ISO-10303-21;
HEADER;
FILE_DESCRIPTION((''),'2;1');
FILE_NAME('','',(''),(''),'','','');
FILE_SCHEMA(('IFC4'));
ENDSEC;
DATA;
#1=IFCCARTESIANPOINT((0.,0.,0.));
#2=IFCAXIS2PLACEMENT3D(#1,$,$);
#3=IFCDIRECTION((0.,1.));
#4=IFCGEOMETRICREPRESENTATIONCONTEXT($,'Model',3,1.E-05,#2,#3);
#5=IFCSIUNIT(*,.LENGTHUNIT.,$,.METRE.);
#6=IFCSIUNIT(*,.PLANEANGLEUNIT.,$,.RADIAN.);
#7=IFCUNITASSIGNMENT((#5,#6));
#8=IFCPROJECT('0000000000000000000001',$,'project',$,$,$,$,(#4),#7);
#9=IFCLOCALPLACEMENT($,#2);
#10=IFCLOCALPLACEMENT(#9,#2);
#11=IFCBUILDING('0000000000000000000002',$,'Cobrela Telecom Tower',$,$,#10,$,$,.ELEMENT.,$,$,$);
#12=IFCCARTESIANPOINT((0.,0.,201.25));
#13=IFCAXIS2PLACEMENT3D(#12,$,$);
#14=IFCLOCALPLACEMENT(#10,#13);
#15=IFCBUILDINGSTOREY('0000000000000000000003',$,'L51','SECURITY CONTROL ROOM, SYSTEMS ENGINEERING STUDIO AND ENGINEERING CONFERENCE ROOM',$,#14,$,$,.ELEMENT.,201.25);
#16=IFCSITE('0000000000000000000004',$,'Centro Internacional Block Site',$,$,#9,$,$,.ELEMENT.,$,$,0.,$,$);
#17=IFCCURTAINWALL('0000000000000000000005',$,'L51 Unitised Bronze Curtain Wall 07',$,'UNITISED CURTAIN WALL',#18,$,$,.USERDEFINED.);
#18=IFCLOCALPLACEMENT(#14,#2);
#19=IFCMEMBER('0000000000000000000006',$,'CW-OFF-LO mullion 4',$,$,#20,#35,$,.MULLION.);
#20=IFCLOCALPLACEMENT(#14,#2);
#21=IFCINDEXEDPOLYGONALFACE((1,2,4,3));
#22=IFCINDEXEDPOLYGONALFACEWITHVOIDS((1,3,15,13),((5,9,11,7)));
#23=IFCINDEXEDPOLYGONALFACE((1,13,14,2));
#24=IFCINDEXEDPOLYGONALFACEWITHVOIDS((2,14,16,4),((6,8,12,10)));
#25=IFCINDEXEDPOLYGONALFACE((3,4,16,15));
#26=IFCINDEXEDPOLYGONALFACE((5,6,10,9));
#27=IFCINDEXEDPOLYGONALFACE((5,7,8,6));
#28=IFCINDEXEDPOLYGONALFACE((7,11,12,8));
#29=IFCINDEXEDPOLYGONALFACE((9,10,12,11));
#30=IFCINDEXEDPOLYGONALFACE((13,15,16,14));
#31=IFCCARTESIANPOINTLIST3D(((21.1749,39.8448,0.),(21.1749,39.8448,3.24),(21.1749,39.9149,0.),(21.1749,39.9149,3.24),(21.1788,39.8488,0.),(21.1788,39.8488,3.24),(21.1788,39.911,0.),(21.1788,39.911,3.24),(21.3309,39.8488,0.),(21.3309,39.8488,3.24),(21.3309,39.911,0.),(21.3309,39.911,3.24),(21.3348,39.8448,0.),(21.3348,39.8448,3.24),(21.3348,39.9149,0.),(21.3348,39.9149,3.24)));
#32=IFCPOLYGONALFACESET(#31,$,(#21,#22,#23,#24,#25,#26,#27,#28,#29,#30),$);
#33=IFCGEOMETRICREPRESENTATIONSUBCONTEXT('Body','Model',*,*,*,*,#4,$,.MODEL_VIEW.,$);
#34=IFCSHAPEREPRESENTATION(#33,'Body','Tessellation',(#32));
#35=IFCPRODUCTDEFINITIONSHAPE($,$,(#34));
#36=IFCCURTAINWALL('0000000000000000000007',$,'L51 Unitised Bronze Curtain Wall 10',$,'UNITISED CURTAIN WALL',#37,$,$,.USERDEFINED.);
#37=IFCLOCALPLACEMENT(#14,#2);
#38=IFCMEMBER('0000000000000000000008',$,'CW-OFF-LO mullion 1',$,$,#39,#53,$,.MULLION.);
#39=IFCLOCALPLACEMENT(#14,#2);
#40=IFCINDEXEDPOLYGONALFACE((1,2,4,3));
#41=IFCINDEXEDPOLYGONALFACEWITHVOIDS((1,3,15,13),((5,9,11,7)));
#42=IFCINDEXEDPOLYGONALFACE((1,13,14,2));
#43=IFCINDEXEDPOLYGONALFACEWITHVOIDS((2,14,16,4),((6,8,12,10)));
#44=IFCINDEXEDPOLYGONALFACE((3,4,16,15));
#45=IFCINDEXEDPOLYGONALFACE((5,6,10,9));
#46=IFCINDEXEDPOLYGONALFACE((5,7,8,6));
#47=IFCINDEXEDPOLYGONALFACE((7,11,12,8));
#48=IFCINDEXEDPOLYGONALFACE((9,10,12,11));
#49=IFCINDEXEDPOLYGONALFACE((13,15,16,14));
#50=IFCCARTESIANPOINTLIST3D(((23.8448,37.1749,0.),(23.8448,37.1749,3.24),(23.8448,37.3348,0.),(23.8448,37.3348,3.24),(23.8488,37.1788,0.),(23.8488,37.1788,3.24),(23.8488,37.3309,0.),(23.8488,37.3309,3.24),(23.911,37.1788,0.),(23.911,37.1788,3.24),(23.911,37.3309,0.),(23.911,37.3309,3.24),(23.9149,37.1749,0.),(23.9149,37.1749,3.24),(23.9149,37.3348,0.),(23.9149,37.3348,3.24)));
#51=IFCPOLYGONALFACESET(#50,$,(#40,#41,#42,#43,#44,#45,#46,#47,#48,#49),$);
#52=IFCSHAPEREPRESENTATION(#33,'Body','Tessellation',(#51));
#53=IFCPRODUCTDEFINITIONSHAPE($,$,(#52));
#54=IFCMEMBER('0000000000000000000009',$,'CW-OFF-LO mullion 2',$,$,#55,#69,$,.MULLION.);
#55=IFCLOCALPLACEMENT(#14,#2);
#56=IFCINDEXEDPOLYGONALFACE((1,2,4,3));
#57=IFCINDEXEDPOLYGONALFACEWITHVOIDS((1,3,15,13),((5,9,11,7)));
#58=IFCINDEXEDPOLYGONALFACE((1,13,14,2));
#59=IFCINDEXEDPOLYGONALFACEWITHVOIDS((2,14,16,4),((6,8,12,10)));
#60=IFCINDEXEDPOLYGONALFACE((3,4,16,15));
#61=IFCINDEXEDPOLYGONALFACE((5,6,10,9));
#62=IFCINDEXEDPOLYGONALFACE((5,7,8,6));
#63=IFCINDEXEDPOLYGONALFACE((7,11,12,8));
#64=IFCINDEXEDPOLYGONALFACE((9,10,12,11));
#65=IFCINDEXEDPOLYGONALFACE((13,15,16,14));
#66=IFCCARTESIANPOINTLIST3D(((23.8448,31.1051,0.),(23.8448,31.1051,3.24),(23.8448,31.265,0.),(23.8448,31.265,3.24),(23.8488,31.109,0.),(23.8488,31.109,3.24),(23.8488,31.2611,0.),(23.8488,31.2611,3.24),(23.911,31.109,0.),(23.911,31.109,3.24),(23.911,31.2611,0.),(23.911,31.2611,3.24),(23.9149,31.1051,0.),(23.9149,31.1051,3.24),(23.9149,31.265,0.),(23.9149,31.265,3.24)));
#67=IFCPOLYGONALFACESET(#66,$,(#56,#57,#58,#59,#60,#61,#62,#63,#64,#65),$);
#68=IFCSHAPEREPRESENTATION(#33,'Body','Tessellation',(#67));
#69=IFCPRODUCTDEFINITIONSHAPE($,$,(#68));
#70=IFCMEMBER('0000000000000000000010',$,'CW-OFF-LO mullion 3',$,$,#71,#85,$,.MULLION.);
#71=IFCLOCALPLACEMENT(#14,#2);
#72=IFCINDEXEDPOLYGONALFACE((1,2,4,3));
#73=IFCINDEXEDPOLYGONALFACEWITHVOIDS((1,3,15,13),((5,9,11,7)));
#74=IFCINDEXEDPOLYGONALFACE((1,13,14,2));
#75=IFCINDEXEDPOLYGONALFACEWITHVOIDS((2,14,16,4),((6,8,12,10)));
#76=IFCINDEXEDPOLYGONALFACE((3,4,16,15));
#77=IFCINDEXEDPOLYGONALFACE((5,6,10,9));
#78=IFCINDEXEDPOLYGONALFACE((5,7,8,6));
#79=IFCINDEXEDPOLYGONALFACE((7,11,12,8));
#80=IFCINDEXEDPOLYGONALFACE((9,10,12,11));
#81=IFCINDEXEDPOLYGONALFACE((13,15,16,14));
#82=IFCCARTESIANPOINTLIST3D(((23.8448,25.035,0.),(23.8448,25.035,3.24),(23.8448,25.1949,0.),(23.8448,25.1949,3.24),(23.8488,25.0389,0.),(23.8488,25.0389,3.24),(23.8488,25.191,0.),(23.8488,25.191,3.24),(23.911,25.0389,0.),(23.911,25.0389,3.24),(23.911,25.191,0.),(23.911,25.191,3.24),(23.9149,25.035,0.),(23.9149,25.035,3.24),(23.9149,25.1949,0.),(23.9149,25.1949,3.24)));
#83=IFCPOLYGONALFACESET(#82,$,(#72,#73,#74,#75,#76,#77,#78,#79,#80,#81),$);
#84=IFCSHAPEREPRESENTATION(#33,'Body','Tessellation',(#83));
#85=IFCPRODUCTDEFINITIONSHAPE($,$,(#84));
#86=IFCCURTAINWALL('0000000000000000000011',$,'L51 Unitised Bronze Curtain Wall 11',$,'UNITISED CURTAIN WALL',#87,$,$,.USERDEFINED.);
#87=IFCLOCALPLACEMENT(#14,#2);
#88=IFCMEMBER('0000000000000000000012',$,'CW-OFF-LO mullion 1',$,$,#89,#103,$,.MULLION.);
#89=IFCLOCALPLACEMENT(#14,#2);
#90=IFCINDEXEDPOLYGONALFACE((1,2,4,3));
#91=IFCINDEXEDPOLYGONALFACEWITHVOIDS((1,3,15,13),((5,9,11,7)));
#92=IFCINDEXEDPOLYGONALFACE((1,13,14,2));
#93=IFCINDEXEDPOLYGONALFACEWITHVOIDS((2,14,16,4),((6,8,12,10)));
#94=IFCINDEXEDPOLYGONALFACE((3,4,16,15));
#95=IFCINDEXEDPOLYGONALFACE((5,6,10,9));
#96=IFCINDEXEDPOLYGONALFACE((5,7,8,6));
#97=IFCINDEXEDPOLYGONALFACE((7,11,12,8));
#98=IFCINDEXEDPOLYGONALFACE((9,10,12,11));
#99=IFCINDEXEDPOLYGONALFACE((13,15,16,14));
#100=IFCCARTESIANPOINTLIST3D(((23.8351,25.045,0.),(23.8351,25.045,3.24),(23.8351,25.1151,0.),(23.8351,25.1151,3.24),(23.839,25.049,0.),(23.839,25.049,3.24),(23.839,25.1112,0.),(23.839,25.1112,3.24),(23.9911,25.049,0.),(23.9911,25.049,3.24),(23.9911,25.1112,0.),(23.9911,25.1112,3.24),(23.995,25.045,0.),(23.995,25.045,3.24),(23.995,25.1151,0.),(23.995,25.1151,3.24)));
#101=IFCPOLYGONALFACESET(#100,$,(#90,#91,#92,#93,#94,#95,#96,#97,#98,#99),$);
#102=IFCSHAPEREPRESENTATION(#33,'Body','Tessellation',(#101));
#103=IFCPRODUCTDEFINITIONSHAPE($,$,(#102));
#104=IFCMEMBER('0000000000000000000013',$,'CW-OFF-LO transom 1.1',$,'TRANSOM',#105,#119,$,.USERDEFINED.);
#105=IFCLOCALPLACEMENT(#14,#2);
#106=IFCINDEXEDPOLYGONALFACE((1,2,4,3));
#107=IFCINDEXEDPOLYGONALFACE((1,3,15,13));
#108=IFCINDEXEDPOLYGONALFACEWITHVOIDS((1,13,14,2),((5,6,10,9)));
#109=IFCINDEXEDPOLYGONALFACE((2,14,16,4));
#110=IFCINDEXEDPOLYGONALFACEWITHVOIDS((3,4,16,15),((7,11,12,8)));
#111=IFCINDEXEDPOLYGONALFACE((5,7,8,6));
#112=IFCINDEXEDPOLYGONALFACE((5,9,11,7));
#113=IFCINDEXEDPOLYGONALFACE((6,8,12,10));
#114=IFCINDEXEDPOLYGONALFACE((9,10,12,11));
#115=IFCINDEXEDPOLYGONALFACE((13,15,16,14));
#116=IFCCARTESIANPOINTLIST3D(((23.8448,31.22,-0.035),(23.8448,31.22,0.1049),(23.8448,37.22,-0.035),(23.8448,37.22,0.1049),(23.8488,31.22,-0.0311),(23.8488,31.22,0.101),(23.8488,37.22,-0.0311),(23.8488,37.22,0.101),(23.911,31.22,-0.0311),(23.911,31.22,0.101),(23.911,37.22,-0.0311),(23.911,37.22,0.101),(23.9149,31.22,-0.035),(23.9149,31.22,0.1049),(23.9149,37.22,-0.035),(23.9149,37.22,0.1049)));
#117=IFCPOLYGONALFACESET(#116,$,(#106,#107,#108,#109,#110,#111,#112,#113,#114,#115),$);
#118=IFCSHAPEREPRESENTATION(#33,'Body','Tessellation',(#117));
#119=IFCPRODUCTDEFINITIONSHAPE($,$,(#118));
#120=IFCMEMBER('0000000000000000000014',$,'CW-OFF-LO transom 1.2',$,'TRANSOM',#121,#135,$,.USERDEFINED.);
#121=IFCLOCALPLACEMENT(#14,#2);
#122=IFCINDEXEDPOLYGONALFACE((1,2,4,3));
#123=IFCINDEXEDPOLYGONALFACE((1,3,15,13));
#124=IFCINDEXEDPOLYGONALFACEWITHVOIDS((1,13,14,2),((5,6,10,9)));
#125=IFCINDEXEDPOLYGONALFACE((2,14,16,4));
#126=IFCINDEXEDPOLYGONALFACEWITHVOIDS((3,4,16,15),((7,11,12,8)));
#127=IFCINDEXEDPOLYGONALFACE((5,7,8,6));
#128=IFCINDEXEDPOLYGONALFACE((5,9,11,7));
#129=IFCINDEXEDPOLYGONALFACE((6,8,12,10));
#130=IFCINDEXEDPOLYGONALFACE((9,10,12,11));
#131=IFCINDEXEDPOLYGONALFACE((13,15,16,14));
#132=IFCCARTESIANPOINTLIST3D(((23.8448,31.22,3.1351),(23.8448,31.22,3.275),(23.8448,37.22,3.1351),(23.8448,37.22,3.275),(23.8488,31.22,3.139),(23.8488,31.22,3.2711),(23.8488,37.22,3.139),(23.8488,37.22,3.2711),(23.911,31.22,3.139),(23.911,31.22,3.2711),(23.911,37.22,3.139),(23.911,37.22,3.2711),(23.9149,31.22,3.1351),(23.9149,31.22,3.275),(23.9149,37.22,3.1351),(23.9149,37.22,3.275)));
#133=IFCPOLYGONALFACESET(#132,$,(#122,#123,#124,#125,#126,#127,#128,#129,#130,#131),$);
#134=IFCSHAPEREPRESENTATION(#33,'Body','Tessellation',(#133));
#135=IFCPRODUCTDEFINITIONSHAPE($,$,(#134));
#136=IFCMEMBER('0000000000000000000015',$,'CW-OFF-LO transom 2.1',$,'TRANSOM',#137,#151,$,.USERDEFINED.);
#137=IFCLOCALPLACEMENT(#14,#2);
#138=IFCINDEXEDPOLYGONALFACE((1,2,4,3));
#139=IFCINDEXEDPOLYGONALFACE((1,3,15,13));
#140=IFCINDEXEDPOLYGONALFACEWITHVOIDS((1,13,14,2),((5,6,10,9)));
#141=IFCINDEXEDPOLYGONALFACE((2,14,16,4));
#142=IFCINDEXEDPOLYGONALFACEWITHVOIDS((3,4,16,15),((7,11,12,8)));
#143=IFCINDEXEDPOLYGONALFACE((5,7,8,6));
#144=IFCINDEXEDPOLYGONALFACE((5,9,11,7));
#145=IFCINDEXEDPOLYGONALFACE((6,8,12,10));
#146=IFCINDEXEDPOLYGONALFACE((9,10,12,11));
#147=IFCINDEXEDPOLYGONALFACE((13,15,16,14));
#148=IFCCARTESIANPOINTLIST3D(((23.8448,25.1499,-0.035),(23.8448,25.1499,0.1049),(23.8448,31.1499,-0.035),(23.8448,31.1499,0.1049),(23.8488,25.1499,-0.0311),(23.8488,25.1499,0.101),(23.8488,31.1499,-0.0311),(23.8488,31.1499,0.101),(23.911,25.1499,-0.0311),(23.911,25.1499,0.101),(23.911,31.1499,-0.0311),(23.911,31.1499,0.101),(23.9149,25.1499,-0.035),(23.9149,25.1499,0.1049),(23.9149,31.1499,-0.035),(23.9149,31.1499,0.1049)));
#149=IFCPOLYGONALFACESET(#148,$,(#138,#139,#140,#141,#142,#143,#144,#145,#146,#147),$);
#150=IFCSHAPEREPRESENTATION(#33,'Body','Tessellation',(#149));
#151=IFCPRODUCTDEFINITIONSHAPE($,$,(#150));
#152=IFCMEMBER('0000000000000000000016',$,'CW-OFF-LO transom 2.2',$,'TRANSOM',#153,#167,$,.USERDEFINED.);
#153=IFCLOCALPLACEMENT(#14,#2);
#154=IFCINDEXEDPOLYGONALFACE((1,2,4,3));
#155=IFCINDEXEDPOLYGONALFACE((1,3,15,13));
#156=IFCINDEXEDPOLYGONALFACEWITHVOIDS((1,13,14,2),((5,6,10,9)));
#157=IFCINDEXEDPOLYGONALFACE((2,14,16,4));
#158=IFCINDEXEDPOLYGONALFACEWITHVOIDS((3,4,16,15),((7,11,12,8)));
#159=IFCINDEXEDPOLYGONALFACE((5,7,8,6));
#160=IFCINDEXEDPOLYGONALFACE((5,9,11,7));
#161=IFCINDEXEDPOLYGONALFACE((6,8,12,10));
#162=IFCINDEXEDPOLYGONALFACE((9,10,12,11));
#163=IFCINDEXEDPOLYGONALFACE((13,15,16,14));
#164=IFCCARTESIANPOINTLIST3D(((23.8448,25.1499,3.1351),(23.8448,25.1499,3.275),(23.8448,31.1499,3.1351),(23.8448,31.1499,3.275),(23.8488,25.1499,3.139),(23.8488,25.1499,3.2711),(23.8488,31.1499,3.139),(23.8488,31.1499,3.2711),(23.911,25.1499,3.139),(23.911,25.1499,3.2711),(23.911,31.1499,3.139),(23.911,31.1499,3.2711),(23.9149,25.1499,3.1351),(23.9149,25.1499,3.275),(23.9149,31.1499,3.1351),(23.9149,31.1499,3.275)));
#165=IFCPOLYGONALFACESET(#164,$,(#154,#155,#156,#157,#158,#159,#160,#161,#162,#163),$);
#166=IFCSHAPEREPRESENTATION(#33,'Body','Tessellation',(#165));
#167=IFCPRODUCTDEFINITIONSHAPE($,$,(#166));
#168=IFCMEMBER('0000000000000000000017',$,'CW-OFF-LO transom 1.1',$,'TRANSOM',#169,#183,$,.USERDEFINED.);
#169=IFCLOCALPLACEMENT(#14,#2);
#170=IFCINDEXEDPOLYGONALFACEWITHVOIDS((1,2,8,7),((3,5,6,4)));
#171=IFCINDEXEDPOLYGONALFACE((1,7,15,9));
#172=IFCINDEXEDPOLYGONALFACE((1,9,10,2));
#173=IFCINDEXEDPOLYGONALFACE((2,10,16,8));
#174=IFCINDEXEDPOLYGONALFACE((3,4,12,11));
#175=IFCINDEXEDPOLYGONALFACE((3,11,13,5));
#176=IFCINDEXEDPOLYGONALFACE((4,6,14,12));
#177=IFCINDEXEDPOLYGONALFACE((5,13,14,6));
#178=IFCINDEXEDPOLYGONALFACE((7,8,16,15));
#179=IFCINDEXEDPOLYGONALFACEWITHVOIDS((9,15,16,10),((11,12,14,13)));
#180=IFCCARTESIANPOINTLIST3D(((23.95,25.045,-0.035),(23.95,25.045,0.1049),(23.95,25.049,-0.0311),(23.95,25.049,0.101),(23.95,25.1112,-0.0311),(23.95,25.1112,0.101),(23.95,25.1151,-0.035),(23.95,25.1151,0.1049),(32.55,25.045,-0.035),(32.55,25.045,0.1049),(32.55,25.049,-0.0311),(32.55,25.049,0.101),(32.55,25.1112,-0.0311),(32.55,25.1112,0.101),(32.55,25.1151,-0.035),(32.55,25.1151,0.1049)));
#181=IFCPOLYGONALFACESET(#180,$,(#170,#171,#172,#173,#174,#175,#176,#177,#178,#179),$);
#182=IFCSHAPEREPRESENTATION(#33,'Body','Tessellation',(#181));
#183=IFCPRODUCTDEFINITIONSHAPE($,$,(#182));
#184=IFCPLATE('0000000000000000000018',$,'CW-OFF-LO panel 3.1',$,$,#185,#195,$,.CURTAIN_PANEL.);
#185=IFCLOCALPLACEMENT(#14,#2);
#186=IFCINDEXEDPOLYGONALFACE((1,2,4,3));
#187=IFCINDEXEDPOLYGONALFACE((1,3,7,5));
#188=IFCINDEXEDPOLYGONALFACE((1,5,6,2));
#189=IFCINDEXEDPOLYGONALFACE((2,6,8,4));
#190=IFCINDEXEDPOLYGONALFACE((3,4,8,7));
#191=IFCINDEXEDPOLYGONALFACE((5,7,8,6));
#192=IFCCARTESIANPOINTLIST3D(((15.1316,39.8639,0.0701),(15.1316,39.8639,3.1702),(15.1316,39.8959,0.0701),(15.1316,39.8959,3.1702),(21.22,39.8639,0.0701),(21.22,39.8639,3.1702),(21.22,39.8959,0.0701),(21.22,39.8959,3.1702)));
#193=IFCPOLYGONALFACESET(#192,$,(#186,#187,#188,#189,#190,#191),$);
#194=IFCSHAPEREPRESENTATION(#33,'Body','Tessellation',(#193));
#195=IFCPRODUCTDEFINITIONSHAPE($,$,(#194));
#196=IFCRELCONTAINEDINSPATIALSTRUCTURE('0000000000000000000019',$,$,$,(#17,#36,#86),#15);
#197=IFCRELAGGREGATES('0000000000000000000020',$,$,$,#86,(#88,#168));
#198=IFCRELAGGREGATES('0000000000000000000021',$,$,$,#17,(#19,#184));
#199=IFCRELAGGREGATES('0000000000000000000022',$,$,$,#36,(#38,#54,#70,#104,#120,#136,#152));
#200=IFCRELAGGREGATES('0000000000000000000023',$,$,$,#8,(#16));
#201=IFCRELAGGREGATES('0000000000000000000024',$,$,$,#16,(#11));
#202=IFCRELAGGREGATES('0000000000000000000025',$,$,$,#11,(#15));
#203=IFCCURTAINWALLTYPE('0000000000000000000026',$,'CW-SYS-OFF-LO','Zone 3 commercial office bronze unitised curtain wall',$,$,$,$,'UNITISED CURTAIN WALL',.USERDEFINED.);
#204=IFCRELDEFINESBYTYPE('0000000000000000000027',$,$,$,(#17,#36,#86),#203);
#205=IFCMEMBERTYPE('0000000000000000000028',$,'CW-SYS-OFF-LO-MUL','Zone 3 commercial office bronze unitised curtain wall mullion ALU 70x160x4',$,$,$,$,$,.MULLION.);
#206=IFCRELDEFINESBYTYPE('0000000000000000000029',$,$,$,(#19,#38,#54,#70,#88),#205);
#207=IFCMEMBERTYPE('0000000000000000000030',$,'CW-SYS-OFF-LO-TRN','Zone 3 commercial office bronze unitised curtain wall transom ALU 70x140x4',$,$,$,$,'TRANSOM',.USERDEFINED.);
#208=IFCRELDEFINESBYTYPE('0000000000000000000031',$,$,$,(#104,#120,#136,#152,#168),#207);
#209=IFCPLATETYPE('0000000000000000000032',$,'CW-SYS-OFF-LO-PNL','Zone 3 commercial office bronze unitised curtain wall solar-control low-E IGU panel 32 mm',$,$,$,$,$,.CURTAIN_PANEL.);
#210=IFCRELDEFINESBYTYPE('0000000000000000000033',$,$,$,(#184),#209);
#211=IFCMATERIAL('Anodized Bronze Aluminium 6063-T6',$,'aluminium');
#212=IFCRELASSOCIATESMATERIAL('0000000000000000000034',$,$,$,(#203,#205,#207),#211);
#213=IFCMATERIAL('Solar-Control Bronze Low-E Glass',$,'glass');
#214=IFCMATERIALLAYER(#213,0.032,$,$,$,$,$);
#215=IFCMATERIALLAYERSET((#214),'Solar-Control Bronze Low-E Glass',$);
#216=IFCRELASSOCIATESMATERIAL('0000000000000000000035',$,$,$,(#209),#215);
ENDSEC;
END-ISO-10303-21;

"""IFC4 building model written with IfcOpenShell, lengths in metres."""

from ifc_helpers import new_model, si_unit, direction, frame, origin, origin_2d, place, context, subcontext, project, spatial, rectangle, hollow_rectangle, extrude, material, layer, layer_set, material_profile, profile_set, type_object, element, aggregate, save


model = new_model("IFC4")

# Units and contexts
model_context = context("Model", 3, precision=1e-05, world=origin(), true_north=direction((0.0, 1.0)))
body_context = subcontext(model_context, "Body", "Model", "MODEL_VIEW")
ifc_project = project(units=[si_unit("LENGTHUNIT", "METRE"), si_unit("PLANEANGLEUNIT", "RADIAN")], contexts=[model_context])

# Site, building, storey
site_placement = place(None, origin())
site = spatial("IfcSite", under=ifc_project, at=site_placement, Name="Centro Internacional Block Site", CompositionType="ELEMENT", RefElevation=0.0)
building_placement = place(site_placement, origin())
building = spatial("IfcBuilding", under=site, at=building_placement, Name="Cobrela Telecom Tower", CompositionType="ELEMENT")
storey_placement = place(building_placement, frame((0.0, 0.0, 201.25)))
storey = spatial("IfcBuildingStorey", under=building, at=storey_placement, Name="L51", Description="SECURITY CONTROL ROOM, SYSTEMS ENGINEERING STUDIO AND ENGINEERING CONFERENCE ROOM", CompositionType="ELEMENT", Elevation=201.25)

# Curtain wall, member
ifc_material_1 = material(Name="Anodized Bronze Aluminium 6063-T6", Category="aluminium")
curtain_wall_type = type_object("IfcCurtainWallType", Name="CW-SYS-OFF-LO", Description="Zone 3 commercial office bronze unitised curtain wall", ElementType="UNITISED CURTAIN WALL", PredefinedType="USERDEFINED", material=ifc_material_1)
curtain_wall_1_placement = place(storey_placement, origin())
curtain_wall_1 = element("IfcCurtainWall", 1, at=curtain_wall_1_placement, inside=storey, type_object=curtain_wall_type, Name="L51 Unitised Bronze Curtain Wall 07", ObjectType="UNITISED CURTAIN WALL", PredefinedType="USERDEFINED")
ifc_material_profile_1 = material_profile(ifc_material_1, hollow_rectangle(XDim=0.0701, YDim=0.1599, WallThickness=0.0039, at=origin_2d()), Name="ALU 70x160x4")
ifc_profile_set_1 = profile_set([ifc_material_profile_1], Name="Anodized Bronze Aluminium 6063-T6")
member_type_1 = type_object("IfcMemberType", Name="CW-SYS-OFF-LO-MUL", Description="Zone 3 commercial office bronze unitised curtain wall mullion ALU 70x160x4", PredefinedType="MULLION", material=ifc_profile_set_1)
member_1_placement = place(storey_placement, frame((21.2549, 39.8799, 0.0), z_axis=(0.0, 0.0, 1.0), x_axis=(0.0, 1.0, 0.0)))
member_1 = element("IfcMember", 2, at=member_1_placement, type_object=member_type_1, Name="CW-OFF-LO mullion 4", PredefinedType="MULLION", context=body_context, shape_type="SweptSolid", body=[
    extrude(hollow_rectangle(XDim=0.0701, YDim=0.1599, WallThickness=0.0039, at=origin_2d()), origin(), (0.0, 0.0, 1.0), 3.24),
])

# Curtain wall, members
curtain_wall_2_placement = place(storey_placement, origin())
curtain_wall_2 = element("IfcCurtainWall", 3, at=curtain_wall_2_placement, inside=storey, type_object=curtain_wall_type, Name="L51 Unitised Bronze Curtain Wall 10", ObjectType="UNITISED CURTAIN WALL", PredefinedType="USERDEFINED")
member_2_placement = place(storey_placement, frame((23.8799, 37.2549, 0.0), z_axis=(0.0, 0.0, 1.0), x_axis=(1.0, 0.0, 0.0)))
member_2 = element("IfcMember", 4, at=member_2_placement, type_object=member_type_1, Name="CW-OFF-LO mullion 1", PredefinedType="MULLION", context=body_context, shape_type="SweptSolid", body=[
    extrude(hollow_rectangle(XDim=0.0701, YDim=0.1599, WallThickness=0.0039, at=origin_2d()), origin(), (0.0, 0.0, 1.0), 3.24),
])
member_3_placement = place(storey_placement, frame((23.8799, 31.1851, 0.0), z_axis=(0.0, 0.0, 1.0), x_axis=(1.0, 0.0, 0.0)))
member_3 = element("IfcMember", 5, at=member_3_placement, type_object=member_type_1, Name="CW-OFF-LO mullion 2", PredefinedType="MULLION", context=body_context, shape_type="SweptSolid", body=[
    extrude(hollow_rectangle(XDim=0.0701, YDim=0.1599, WallThickness=0.0039, at=origin_2d()), origin(), (0.0, 0.0, 1.0), 3.24),
])
member_4_placement = place(storey_placement, frame((23.8799, 25.115, 0.0), z_axis=(0.0, 0.0, 1.0), x_axis=(1.0, 0.0, 0.0)))
member_4 = element("IfcMember", 6, at=member_4_placement, type_object=member_type_1, Name="CW-OFF-LO mullion 3", PredefinedType="MULLION", context=body_context, shape_type="SweptSolid", body=[
    extrude(hollow_rectangle(XDim=0.0701, YDim=0.1599, WallThickness=0.0039, at=origin_2d()), origin(), (0.0, 0.0, 1.0), 3.24),
])

# Curtain wall, member
curtain_wall_3_placement = place(storey_placement, origin())
curtain_wall_3 = element("IfcCurtainWall", 7, at=curtain_wall_3_placement, inside=storey, type_object=curtain_wall_type, Name="L51 Unitised Bronze Curtain Wall 11", ObjectType="UNITISED CURTAIN WALL", PredefinedType="USERDEFINED")
member_5_placement = place(storey_placement, frame((23.915, 25.0801, 0.0), z_axis=(0.0, 0.0, 1.0), x_axis=(0.0, 1.0, 0.0)))
member_5 = element("IfcMember", 8, at=member_5_placement, type_object=member_type_1, Name="CW-OFF-LO mullion 1", PredefinedType="MULLION", context=body_context, shape_type="SweptSolid", body=[
    extrude(hollow_rectangle(XDim=0.0701, YDim=0.1599, WallThickness=0.0039, at=origin_2d()), origin(), (0.0, 0.0, 1.0), 3.24),
])

# Members
ifc_material_profile_2 = material_profile(ifc_material_1, hollow_rectangle(XDim=0.0701, YDim=0.1399, WallThickness=0.0039, at=origin_2d()), Name="ALU 70x140x4")
ifc_profile_set_2 = profile_set([ifc_material_profile_2], Name="Anodized Bronze Aluminium 6063-T6")
member_type_2 = type_object("IfcMemberType", Name="CW-SYS-OFF-LO-TRN", Description="Zone 3 commercial office bronze unitised curtain wall transom ALU 70x140x4", ElementType="TRANSOM", PredefinedType="USERDEFINED", material=ifc_profile_set_2)
member_6_placement = place(storey_placement, frame((23.8799, 37.22, 0.0349), z_axis=(0.0, -1.0, 0.0), x_axis=(1.0, 0.0, 0.0)))
member_6 = element("IfcMember", 9, at=member_6_placement, type_object=member_type_2, Name="CW-OFF-LO transom 1.1", ObjectType="TRANSOM", PredefinedType="USERDEFINED", context=body_context, shape_type="SweptSolid", body=[
    extrude(hollow_rectangle(XDim=0.0701, YDim=0.1399, WallThickness=0.0039, at=origin_2d()), origin(), (0.0, 0.0, 1.0), 6.0),
])
member_7_placement = place(storey_placement, frame((23.8799, 37.22, 3.2051), z_axis=(0.0, -1.0, 0.0), x_axis=(1.0, 0.0, 0.0)))
member_7 = element("IfcMember", 10, at=member_7_placement, type_object=member_type_2, Name="CW-OFF-LO transom 1.2", ObjectType="TRANSOM", PredefinedType="USERDEFINED", context=body_context, shape_type="SweptSolid", body=[
    extrude(hollow_rectangle(XDim=0.0701, YDim=0.1399, WallThickness=0.0039, at=origin_2d()), origin(), (0.0, 0.0, 1.0), 6.0),
])
member_8_placement = place(storey_placement, frame((23.8799, 31.1499, 0.0349), z_axis=(0.0, -1.0, 0.0), x_axis=(1.0, 0.0, 0.0)))
member_8 = element("IfcMember", 11, at=member_8_placement, type_object=member_type_2, Name="CW-OFF-LO transom 2.1", ObjectType="TRANSOM", PredefinedType="USERDEFINED", context=body_context, shape_type="SweptSolid", body=[
    extrude(hollow_rectangle(XDim=0.0701, YDim=0.1399, WallThickness=0.0039, at=origin_2d()), origin(), (0.0, 0.0, 1.0), 6.0),
])
member_9_placement = place(storey_placement, frame((23.8799, 31.1499, 3.2051), z_axis=(0.0, -1.0, 0.0), x_axis=(1.0, 0.0, 0.0)))
member_9 = element("IfcMember", 12, at=member_9_placement, type_object=member_type_2, Name="CW-OFF-LO transom 2.2", ObjectType="TRANSOM", PredefinedType="USERDEFINED", context=body_context, shape_type="SweptSolid", body=[
    extrude(hollow_rectangle(XDim=0.0701, YDim=0.1399, WallThickness=0.0039, at=origin_2d()), origin(), (0.0, 0.0, 1.0), 6.0),
])
member_10_placement = place(storey_placement, frame((23.95, 25.0801, 0.0349), z_axis=(1.0, 0.0, 0.0), x_axis=(0.0, 1.0, 0.0)))
member_10 = element("IfcMember", 13, at=member_10_placement, type_object=member_type_2, Name="CW-OFF-LO transom 1.1", ObjectType="TRANSOM", PredefinedType="USERDEFINED", context=body_context, shape_type="SweptSolid", body=[
    extrude(hollow_rectangle(XDim=0.0701, YDim=0.1399, WallThickness=0.0039, at=origin_2d()), origin(), (0.0, 0.0, 1.0), 8.6001),
])
aggregate(curtain_wall_3, [member_5, member_10])

# Plate
ifc_material_2 = material(Name="Solar-Control Bronze Low-E Glass", Category="glass")
ifc_layer_1 = layer(ifc_material_2, 0.032)
ifc_layer_set_1 = layer_set([ifc_layer_1], Name="Solar-Control Bronze Low-E Glass")
plate_type = type_object("IfcPlateType", Name="CW-SYS-OFF-LO-PNL", Description="Zone 3 commercial office bronze unitised curtain wall solar-control low-E IGU panel 32 mm", PredefinedType="CURTAIN_PANEL", material=ifc_layer_set_1)
plate_1_placement = place(storey_placement, frame((18.1758, 39.8799, 0.0701), z_axis=(0.0, 0.0, 1.0), x_axis=(1.0, 0.0, 0.0)))
plate_1 = element("IfcPlate", 14, at=plate_1_placement, type_object=plate_type, Name="CW-OFF-LO panel 3.1", PredefinedType="CURTAIN_PANEL", context=body_context, shape_type="SweptSolid", body=[
    extrude(rectangle(XDim=6.0884, YDim=0.032, at=origin_2d()), origin(), (0.0, 0.0, 1.0), 3.1001),
])
aggregate(curtain_wall_1, [member_1, plate_1])
aggregate(curtain_wall_2, [member_2, member_3, member_4, member_6, member_7, member_8, member_9])

save(model, "model.ifc")
